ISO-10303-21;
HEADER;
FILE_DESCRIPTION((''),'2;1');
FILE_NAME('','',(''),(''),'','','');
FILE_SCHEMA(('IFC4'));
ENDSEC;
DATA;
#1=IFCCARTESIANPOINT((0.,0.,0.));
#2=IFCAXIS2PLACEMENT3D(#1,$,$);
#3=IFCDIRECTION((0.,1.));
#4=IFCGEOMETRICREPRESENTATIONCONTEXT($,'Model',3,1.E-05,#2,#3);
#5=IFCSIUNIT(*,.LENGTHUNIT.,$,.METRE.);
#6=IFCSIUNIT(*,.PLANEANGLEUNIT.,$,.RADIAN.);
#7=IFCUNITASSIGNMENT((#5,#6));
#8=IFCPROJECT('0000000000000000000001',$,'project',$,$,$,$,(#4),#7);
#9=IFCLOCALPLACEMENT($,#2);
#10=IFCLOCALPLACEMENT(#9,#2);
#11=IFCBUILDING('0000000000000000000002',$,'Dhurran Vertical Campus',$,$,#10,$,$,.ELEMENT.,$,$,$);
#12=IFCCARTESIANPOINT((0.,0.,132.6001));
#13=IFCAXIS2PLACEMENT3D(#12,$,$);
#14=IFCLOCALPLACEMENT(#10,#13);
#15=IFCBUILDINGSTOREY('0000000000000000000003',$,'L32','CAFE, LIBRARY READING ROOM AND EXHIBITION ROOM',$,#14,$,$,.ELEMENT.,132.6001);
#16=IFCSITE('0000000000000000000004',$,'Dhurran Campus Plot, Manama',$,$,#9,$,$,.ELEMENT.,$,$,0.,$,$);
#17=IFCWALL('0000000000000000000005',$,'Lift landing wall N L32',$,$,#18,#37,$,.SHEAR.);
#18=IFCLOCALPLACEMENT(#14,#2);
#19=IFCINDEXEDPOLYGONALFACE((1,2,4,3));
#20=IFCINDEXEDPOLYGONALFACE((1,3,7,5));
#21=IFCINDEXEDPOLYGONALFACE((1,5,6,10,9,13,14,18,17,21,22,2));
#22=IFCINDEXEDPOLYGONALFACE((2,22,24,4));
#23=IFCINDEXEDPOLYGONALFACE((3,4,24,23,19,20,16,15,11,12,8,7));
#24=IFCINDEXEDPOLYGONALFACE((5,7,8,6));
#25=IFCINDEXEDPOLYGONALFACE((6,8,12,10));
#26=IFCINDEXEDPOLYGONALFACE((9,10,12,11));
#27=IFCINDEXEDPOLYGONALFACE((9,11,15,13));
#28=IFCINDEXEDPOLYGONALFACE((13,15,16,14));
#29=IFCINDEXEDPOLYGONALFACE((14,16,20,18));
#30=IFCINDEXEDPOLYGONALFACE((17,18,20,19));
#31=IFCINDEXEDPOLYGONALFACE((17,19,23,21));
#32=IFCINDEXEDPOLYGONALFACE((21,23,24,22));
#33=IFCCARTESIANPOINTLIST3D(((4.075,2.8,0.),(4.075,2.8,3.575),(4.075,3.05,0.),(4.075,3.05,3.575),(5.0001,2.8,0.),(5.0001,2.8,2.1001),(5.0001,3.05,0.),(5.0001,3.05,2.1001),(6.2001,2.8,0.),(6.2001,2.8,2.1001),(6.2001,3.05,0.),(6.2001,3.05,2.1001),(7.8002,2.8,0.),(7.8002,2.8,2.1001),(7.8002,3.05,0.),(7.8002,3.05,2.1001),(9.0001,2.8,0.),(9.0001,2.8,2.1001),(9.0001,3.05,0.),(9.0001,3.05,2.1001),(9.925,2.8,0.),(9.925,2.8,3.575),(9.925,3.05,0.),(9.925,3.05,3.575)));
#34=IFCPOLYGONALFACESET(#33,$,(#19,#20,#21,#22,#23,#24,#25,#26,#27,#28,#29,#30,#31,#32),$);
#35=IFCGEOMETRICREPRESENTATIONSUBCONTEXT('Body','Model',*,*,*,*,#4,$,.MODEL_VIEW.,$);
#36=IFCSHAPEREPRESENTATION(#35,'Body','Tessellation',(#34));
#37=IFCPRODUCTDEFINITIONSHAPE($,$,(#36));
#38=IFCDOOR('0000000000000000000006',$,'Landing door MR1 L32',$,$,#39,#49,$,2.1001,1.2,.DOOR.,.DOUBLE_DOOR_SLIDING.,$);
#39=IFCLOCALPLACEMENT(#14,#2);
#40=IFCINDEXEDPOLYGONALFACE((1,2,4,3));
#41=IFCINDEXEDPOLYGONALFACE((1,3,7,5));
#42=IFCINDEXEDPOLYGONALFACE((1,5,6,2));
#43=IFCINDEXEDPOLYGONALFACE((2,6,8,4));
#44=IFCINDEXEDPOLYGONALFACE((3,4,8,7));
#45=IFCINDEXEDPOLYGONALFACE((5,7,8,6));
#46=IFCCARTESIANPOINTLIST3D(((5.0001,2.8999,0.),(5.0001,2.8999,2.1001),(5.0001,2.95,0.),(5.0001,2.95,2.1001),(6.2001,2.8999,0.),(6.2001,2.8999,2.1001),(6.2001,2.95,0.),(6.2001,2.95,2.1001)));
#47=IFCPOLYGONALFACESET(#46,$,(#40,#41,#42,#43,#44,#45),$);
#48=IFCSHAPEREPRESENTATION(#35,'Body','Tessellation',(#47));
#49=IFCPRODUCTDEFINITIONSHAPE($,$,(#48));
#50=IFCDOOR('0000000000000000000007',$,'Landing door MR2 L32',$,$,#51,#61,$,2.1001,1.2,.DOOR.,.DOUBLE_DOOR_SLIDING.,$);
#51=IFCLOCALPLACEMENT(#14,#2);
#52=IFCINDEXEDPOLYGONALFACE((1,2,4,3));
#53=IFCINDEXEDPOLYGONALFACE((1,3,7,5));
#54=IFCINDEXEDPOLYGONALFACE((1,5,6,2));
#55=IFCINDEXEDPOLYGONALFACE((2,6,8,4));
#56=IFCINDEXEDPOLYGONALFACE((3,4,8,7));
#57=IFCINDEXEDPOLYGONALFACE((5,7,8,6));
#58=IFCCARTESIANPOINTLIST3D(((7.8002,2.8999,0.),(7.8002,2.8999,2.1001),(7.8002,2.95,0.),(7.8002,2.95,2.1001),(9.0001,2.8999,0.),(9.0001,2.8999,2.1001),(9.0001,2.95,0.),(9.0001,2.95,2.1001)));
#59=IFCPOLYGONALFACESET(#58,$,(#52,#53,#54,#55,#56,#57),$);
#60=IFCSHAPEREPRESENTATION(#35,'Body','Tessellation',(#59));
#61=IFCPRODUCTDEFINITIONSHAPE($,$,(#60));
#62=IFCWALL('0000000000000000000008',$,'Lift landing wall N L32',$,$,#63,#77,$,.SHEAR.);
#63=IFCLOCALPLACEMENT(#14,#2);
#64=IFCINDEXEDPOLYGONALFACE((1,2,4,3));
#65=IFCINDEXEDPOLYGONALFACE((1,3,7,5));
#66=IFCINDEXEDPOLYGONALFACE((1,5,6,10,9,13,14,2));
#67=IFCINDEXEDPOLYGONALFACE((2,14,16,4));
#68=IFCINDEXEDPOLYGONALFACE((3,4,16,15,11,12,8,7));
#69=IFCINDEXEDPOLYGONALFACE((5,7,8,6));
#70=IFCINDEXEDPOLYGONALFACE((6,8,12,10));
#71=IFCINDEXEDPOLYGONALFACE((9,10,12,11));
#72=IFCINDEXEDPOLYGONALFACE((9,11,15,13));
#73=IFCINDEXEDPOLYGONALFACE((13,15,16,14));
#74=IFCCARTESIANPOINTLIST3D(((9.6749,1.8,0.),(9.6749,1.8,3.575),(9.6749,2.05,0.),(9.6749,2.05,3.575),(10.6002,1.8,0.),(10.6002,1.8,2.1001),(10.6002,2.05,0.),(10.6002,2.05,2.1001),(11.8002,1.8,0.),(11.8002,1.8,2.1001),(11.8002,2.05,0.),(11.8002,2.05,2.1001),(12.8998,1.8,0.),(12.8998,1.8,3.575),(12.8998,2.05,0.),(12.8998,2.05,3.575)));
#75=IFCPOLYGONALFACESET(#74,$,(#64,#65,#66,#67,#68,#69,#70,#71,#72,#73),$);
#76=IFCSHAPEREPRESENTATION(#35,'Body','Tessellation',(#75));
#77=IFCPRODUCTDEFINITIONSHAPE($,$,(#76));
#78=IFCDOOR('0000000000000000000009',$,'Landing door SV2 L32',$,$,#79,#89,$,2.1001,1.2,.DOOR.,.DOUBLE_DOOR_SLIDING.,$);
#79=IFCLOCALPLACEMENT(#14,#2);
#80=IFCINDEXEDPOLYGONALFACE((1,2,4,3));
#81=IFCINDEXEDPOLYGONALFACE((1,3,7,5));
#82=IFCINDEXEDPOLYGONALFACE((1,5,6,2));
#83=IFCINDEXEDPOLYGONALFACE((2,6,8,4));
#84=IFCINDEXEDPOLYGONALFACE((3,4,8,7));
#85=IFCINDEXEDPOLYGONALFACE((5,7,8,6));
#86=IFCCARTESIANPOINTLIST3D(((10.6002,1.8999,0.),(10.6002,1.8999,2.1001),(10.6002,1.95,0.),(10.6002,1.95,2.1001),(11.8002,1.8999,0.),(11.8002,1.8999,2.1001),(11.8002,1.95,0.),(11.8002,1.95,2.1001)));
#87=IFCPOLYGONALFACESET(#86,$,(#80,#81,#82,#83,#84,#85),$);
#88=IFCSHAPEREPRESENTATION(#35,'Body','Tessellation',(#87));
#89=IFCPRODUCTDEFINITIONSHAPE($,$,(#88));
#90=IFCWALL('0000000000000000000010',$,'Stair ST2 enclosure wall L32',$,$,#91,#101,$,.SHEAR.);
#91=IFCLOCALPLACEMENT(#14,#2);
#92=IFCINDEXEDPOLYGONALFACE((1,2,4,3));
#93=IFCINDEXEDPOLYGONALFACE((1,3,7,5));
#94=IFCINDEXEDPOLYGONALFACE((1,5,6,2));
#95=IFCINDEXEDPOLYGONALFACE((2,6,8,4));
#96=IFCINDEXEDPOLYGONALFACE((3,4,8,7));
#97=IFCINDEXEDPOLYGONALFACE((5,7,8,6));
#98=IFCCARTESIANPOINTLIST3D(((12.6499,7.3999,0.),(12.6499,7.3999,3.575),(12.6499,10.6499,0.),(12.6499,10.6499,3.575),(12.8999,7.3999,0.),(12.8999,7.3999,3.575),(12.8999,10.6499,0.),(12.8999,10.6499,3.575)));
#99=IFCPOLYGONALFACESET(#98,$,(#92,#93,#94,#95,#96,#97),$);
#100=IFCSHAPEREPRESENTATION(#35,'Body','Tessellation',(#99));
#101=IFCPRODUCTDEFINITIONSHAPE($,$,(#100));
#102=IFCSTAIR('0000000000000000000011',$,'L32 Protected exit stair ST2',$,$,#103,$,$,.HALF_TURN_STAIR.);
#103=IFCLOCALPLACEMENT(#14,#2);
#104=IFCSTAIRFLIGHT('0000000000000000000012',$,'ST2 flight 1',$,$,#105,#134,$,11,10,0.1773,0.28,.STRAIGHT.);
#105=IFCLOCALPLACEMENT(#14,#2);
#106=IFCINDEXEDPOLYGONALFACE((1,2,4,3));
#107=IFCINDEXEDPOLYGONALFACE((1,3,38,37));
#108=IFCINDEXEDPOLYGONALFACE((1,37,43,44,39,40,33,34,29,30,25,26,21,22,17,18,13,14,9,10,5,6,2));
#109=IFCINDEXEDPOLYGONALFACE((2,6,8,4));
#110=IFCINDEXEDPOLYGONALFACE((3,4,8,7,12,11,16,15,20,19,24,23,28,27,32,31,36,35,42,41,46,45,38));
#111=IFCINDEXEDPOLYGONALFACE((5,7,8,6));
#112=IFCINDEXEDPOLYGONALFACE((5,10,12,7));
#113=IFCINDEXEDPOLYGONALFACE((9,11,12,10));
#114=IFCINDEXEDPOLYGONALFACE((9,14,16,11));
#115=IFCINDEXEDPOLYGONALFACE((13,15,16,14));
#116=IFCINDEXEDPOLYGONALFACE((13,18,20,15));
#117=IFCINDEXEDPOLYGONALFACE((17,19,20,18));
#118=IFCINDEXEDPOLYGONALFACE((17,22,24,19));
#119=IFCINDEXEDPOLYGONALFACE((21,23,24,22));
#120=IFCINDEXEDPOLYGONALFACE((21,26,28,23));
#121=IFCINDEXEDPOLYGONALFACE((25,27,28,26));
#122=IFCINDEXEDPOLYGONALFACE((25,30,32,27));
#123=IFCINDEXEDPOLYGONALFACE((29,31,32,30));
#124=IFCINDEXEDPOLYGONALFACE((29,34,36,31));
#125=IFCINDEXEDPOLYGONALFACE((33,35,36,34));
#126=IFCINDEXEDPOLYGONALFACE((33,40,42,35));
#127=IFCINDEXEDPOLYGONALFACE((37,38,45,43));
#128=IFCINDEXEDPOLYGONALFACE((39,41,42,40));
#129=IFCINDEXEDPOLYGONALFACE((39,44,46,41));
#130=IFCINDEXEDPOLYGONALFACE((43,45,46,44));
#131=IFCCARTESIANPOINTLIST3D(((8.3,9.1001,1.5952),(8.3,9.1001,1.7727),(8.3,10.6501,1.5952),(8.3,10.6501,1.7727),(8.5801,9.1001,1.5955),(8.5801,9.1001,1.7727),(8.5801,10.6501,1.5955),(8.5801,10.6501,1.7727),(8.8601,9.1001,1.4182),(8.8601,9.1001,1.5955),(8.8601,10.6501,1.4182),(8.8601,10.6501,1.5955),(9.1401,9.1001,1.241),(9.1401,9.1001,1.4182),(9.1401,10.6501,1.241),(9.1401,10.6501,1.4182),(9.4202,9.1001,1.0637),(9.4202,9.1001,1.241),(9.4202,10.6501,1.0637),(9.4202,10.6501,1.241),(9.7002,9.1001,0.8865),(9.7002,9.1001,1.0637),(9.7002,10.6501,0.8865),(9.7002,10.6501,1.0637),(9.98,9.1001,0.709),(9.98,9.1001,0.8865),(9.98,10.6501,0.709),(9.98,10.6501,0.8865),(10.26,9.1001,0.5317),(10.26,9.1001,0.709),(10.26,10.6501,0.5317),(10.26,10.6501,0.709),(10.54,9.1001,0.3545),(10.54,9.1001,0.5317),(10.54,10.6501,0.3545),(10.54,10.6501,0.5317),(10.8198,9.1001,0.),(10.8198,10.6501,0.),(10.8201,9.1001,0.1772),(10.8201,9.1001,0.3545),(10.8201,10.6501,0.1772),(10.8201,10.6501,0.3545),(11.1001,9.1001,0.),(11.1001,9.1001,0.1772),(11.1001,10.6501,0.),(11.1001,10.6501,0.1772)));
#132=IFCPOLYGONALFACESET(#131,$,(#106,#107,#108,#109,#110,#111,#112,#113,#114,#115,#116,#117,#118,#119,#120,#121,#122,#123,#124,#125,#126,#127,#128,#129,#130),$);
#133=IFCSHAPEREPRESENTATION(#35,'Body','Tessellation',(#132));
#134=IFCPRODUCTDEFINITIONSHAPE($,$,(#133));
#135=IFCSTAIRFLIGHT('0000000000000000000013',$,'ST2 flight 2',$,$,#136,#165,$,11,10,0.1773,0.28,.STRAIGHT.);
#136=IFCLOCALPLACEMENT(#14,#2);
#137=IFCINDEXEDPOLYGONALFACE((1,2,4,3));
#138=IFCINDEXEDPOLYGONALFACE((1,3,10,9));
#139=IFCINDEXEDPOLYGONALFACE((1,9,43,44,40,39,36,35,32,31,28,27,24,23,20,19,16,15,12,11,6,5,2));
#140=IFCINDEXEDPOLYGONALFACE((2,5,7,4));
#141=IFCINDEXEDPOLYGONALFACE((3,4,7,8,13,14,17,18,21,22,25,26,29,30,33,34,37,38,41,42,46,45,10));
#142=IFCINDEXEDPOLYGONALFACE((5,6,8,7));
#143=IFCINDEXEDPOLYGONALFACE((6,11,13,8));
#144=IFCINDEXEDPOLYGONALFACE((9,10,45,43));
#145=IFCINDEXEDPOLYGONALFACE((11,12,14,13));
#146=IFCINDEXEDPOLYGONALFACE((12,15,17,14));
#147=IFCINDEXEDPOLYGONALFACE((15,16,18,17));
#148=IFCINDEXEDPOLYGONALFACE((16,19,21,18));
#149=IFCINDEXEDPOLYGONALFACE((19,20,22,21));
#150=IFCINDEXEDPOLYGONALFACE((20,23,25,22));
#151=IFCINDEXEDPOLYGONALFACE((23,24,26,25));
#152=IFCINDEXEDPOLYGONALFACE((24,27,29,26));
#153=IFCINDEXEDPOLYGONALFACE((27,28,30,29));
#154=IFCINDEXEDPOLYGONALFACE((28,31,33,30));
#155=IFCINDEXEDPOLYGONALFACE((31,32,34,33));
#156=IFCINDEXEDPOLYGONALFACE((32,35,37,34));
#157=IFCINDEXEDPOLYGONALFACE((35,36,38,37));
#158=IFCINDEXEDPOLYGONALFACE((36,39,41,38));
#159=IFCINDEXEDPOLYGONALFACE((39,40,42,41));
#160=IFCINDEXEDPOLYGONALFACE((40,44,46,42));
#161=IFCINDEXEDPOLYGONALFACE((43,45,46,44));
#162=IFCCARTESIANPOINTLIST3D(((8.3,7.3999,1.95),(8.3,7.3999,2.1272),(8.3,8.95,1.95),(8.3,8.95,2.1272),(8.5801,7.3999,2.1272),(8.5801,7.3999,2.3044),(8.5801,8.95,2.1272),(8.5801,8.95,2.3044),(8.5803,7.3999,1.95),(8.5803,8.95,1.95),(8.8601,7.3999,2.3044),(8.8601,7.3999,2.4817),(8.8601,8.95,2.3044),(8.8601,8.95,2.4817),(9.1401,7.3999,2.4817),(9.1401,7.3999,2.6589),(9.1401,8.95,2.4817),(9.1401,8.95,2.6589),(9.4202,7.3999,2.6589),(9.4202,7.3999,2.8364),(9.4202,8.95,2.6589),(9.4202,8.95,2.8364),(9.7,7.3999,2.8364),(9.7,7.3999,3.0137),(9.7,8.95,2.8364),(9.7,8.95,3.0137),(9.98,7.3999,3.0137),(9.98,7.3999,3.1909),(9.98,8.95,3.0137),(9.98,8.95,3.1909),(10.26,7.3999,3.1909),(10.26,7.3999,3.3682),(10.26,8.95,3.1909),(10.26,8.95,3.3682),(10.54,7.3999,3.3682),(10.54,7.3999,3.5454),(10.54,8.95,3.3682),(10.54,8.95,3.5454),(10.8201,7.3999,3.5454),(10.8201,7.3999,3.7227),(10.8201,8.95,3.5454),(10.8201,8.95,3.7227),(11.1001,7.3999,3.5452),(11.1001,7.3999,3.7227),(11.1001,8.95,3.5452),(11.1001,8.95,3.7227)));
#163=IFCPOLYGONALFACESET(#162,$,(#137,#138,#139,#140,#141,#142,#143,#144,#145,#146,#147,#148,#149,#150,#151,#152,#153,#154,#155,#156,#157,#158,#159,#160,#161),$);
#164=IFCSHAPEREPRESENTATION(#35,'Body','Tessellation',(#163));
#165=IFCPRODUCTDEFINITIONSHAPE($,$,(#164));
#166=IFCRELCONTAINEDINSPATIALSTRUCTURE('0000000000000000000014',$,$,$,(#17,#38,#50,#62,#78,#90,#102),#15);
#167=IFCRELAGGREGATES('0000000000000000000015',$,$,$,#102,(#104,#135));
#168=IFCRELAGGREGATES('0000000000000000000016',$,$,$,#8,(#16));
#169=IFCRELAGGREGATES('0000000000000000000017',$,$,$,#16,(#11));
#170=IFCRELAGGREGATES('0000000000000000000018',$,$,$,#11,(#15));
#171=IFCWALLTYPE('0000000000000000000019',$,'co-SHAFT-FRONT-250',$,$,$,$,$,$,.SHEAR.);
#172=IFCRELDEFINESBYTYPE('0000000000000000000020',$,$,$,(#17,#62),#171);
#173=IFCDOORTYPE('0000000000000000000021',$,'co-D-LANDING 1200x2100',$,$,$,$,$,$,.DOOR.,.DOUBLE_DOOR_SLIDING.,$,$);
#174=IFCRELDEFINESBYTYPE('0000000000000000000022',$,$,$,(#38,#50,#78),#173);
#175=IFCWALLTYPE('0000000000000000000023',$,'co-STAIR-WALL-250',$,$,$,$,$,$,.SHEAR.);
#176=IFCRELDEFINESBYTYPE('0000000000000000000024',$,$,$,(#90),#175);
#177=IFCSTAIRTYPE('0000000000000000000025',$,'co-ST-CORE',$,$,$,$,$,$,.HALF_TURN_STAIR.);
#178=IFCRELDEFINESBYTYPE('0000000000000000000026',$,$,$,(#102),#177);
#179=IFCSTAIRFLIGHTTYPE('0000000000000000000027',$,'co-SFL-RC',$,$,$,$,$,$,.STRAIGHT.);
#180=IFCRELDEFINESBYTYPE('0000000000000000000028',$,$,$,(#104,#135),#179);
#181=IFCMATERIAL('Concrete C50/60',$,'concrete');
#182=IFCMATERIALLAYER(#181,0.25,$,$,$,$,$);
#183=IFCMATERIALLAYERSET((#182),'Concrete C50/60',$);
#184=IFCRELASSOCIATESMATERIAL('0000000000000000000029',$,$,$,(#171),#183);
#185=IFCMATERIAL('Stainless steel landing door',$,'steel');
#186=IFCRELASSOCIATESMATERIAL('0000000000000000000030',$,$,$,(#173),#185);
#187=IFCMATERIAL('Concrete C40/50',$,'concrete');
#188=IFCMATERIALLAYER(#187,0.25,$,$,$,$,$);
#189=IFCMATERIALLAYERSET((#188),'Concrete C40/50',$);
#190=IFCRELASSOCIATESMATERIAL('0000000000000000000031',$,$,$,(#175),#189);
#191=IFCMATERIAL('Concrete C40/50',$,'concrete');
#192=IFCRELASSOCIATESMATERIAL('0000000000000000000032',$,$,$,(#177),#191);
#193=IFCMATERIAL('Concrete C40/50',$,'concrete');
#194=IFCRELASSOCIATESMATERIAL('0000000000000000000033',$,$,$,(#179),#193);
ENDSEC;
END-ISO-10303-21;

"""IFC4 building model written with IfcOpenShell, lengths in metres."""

from ifc_helpers import new_model, si_unit, direction, frame, frame_2d, origin, place, context, subcontext, project, spatial, polyline, rectangle, outline, extrude, material, layer, layer_set, type_object, element, fill, aggregate, save


model = new_model("IFC4")

# Units and contexts
model_context = context("Model", 3, precision=1e-05, world=origin(), true_north=direction((0.0, 1.0)))
body_context = subcontext(model_context, "Body", "Model", "MODEL_VIEW")
ifc_project = project(units=[si_unit("LENGTHUNIT", "METRE"), si_unit("PLANEANGLEUNIT", "RADIAN")], contexts=[model_context])

# Site, building, storey
site_placement = place(None, origin())
site = spatial("IfcSite", under=ifc_project, at=site_placement, Name="Dhurran Campus Plot, Manama", CompositionType="ELEMENT", RefElevation=0.0)
building_placement = place(site_placement, origin())
building = spatial("IfcBuilding", under=site, at=building_placement, Name="Dhurran Vertical Campus", CompositionType="ELEMENT")
storey_placement = place(building_placement, frame((0.0, 0.0, 132.6001)))
storey = spatial("IfcBuildingStorey", under=building, at=storey_placement, Name="L32", Description="CAFE, LIBRARY READING ROOM AND EXHIBITION ROOM", CompositionType="ELEMENT", Elevation=132.6001)

# Wall, openings, doors
ifc_material_1 = material(Name="Concrete C50/60", Category="concrete")
ifc_layer_1 = layer(ifc_material_1, 0.25)
ifc_layer_set_1 = layer_set([ifc_layer_1], Name="Concrete C50/60")
wall_type_1 = type_object("IfcWallType", Name="co-SHAFT-FRONT-250", PredefinedType="SHEAR", material=ifc_layer_set_1)
wall_1_placement = place(storey_placement, frame((4.075, 2.925, 0.0), z_axis=(0.0, 0.0, 1.0), x_axis=(1.0, 0.0, 0.0)))
wall_1 = element("IfcWall", 1, at=wall_1_placement, inside=storey, type_object=wall_type_1, Name="Lift landing wall N L32", PredefinedType="SHEAR", context=body_context, shape_type="SweptSolid", body=[
    extrude(rectangle(XDim=5.8501, YDim=0.25, at=frame_2d((2.925, 0.0))), origin(), (0.0, 0.0, 1.0), 3.575),
])
opening_1_placement = place(wall_1_placement, frame((0.925, 0.0, 0.0)))
opening_1 = element("IfcOpeningElement", 2, at=opening_1_placement, cuts=wall_1, PredefinedType="OPENING", context=body_context, shape_type="SweptSolid", body=[
    extrude(rectangle(XDim=1.2, YDim=2.1001, at=frame_2d((0.6001, 1.05))), frame((0.0, 0.135, 0.0), z_axis=(0.0, -1.0, 0.0), x_axis=(1.0, 0.0, 0.0)), (0.0, 0.0, 1.0), 0.27),
])
opening_2_placement = place(wall_1_placement, frame((3.7251, 0.0, 0.0)))
opening_2 = element("IfcOpeningElement", 3, at=opening_2_placement, cuts=wall_1, PredefinedType="OPENING", context=body_context, shape_type="SweptSolid", body=[
    extrude(rectangle(XDim=1.2, YDim=2.1001, at=frame_2d((0.6001, 1.05))), frame((0.0, 0.135, 0.0), z_axis=(0.0, -1.0, 0.0), x_axis=(1.0, 0.0, 0.0)), (0.0, 0.0, 1.0), 0.27),
])
ifc_material_2 = material(Name="Stainless steel landing door", Category="steel")
door_type_1 = type_object("IfcDoorType", Name="co-D-LANDING 1200x2100", OperationType="DOUBLE_DOOR_SLIDING", PredefinedType="DOOR", material=ifc_material_2)
door_1_placement = place(opening_1_placement, origin())
door_1 = element("IfcDoor", 4, at=door_1_placement, inside=storey, type_object=door_type_1, Name="Landing door MR1 L32", OperationType="DOUBLE_DOOR_SLIDING", OverallHeight=2.1001, OverallWidth=1.2, PredefinedType="DOOR", context=body_context, shape_type="SweptSolid", body=[
    extrude(rectangle(XDim=1.2, YDim=2.1001, at=frame_2d((0.6001, 1.05))), frame((0.0, 0.0249, 0.0), z_axis=(0.0, -1.0, 0.0), x_axis=(1.0, 0.0, 0.0)), (0.0, 0.0, 1.0), 0.05),
])
fill(opening_1, door_1)
door_2_placement = place(opening_2_placement, origin())
door_2 = element("IfcDoor", 5, at=door_2_placement, inside=storey, type_object=door_type_1, Name="Landing door MR2 L32", OperationType="DOUBLE_DOOR_SLIDING", OverallHeight=2.1001, OverallWidth=1.2, PredefinedType="DOOR", context=body_context, shape_type="SweptSolid", body=[
    extrude(rectangle(XDim=1.2, YDim=2.1001, at=frame_2d((0.6001, 1.05))), frame((0.0, 0.0249, 0.0), z_axis=(0.0, -1.0, 0.0), x_axis=(1.0, 0.0, 0.0)), (0.0, 0.0, 1.0), 0.05),
])
fill(opening_2, door_2)

# Wall, opening, door
wall_2_placement = place(storey_placement, frame((9.675, 1.925, 0.0), z_axis=(0.0, 0.0, 1.0), x_axis=(1.0, 0.0, 0.0)))
wall_2 = element("IfcWall", 6, at=wall_2_placement, inside=storey, type_object=wall_type_1, Name="Lift landing wall N L32", PredefinedType="SHEAR", context=body_context, shape_type="SweptSolid", body=[
    extrude(rectangle(XDim=3.2249, YDim=0.25, at=frame_2d((1.6123, 0.0))), origin(), (0.0, 0.0, 1.0), 3.575),
])
opening_3_placement = place(wall_2_placement, frame((0.925, 0.0, 0.0)))
opening_3 = element("IfcOpeningElement", 7, at=opening_3_placement, cuts=wall_2, PredefinedType="OPENING", context=body_context, shape_type="SweptSolid", body=[
    extrude(rectangle(XDim=1.2, YDim=2.1001, at=frame_2d((0.6001, 1.05))), frame((0.0, 0.135, 0.0), z_axis=(0.0, -1.0, 0.0), x_axis=(1.0, 0.0, 0.0)), (0.0, 0.0, 1.0), 0.27),
])
door_3_placement = place(opening_3_placement, origin())
door_3 = element("IfcDoor", 8, at=door_3_placement, inside=storey, type_object=door_type_1, Name="Landing door SV2 L32", OperationType="DOUBLE_DOOR_SLIDING", OverallHeight=2.1001, OverallWidth=1.2, PredefinedType="DOOR", context=body_context, shape_type="SweptSolid", body=[
    extrude(rectangle(XDim=1.2, YDim=2.1001, at=frame_2d((0.6001, 1.05))), frame((0.0, 0.0249, 0.0), z_axis=(0.0, -1.0, 0.0), x_axis=(1.0, 0.0, 0.0)), (0.0, 0.0, 1.0), 0.05),
])
fill(opening_3, door_3)

# Wall
ifc_material_3 = material(Name="Concrete C40/50", Category="concrete")
ifc_layer_2 = layer(ifc_material_3, 0.25)
ifc_layer_set_2 = layer_set([ifc_layer_2], Name="Concrete C40/50")
wall_type_2 = type_object("IfcWallType", Name="co-STAIR-WALL-250", PredefinedType="SHEAR", material=ifc_layer_set_2)
wall_3_placement = place(storey_placement, frame((12.7749, 7.3999, 0.0), z_axis=(0.0, 0.0, 1.0), x_axis=(0.0, 1.0, 0.0)))
element("IfcWall", 9, at=wall_3_placement, inside=storey, type_object=wall_type_2, Name="Stair ST2 enclosure wall L32", PredefinedType="SHEAR", context=body_context, shape_type="SweptSolid", body=[
    extrude(rectangle(XDim=3.25, YDim=0.25, at=frame_2d((1.625, 0.0))), origin(), (0.0, 0.0, 1.0), 3.575),
])

# Stair, stair flights
ifc_material_4 = material(Name="Concrete C40/50", Category="concrete")
stair_type = type_object("IfcStairType", Name="co-ST-CORE", PredefinedType="HALF_TURN_STAIR", material=ifc_material_4)
stair_placement = place(storey_placement, origin())
stair = element("IfcStair", 10, at=stair_placement, inside=storey, type_object=stair_type, Name="L32 Protected exit stair ST2", PredefinedType="HALF_TURN_STAIR")
ifc_material_5 = material(Name="Concrete C40/50", Category="concrete")
stair_flight_type = type_object("IfcStairFlightType", Name="co-SFL-RC", PredefinedType="STRAIGHT", material=ifc_material_5)
stair_flight_1_placement = place(storey_placement, frame((11.1001, 9.875, 0.0), z_axis=(0.0, 0.0, 1.0), x_axis=(-1.0, 0.0, 0.0)))
stair_flight_1 = element("IfcStairFlight", 11, at=stair_flight_1_placement, type_object=stair_flight_type, Name="ST2 flight 1", NumberOfRisers=11, NumberOfTreads=10, PredefinedType="STRAIGHT", RiserHeight=0.1773, TreadLength=0.28, context=body_context, shape_type="SweptSolid", body=[
    extrude(outline(polyline([(0.0, 0.0), (0.0, 0.1772), (0.28, 0.1772), (0.28, 0.3545), (0.5601, 0.3545), (0.5601, 0.5317), (0.8401, 0.5317), (0.8401, 0.709), (1.1201, 0.709), (1.1201, 0.8865), (1.3999, 0.8865), (1.3999, 1.0637), (1.6799, 1.0637), (1.6799, 1.241), (1.96, 1.241), (1.96, 1.4182), (2.24, 1.4182), (2.24, 1.5955), (2.52, 1.5955), (2.52, 1.7727), (2.8, 1.7727), (2.8, 1.95), (2.8, 1.5952), (0.2803, 0.0), (0.0, 0.0)])), frame((0.0, 0.7749, 0.0), z_axis=(0.0, -1.0, 0.0), x_axis=(1.0, 0.0, 0.0)), (0.0, 0.0, 1.0), 1.55),
])
stair_flight_2_placement = place(storey_placement, frame((8.3, 8.175, 1.95), z_axis=(0.0, 0.0, 1.0), x_axis=(1.0, 0.0, 0.0)))
stair_flight_2 = element("IfcStairFlight", 12, at=stair_flight_2_placement, type_object=stair_flight_type, Name="ST2 flight 2", NumberOfRisers=11, NumberOfTreads=10, PredefinedType="STRAIGHT", RiserHeight=0.1773, TreadLength=0.28, context=body_context, shape_type="SweptSolid", body=[
    extrude(outline(polyline([(0.0, 0.0), (0.0, 0.1772), (0.28, 0.1772), (0.28, 0.3545), (0.5601, 0.3545), (0.5601, 0.5317), (0.8401, 0.5317), (0.8401, 0.709), (1.1201, 0.709), (1.1201, 0.8865), (1.3999, 0.8865), (1.3999, 1.0637), (1.6799, 1.0637), (1.6799, 1.241), (1.96, 1.241), (1.96, 1.4182), (2.24, 1.4182), (2.24, 1.5955), (2.52, 1.5955), (2.52, 1.7727), (2.8, 1.7727), (2.8, 1.95), (2.8, 1.5952), (0.2803, 0.0), (0.0, 0.0)])), frame((0.0, 0.7749, 0.0), z_axis=(0.0, -1.0, 0.0), x_axis=(1.0, 0.0, 0.0)), (0.0, 0.0, 1.0), 1.55),
])
aggregate(stair, [stair_flight_1, stair_flight_2])

save(model, "model.ifc")
